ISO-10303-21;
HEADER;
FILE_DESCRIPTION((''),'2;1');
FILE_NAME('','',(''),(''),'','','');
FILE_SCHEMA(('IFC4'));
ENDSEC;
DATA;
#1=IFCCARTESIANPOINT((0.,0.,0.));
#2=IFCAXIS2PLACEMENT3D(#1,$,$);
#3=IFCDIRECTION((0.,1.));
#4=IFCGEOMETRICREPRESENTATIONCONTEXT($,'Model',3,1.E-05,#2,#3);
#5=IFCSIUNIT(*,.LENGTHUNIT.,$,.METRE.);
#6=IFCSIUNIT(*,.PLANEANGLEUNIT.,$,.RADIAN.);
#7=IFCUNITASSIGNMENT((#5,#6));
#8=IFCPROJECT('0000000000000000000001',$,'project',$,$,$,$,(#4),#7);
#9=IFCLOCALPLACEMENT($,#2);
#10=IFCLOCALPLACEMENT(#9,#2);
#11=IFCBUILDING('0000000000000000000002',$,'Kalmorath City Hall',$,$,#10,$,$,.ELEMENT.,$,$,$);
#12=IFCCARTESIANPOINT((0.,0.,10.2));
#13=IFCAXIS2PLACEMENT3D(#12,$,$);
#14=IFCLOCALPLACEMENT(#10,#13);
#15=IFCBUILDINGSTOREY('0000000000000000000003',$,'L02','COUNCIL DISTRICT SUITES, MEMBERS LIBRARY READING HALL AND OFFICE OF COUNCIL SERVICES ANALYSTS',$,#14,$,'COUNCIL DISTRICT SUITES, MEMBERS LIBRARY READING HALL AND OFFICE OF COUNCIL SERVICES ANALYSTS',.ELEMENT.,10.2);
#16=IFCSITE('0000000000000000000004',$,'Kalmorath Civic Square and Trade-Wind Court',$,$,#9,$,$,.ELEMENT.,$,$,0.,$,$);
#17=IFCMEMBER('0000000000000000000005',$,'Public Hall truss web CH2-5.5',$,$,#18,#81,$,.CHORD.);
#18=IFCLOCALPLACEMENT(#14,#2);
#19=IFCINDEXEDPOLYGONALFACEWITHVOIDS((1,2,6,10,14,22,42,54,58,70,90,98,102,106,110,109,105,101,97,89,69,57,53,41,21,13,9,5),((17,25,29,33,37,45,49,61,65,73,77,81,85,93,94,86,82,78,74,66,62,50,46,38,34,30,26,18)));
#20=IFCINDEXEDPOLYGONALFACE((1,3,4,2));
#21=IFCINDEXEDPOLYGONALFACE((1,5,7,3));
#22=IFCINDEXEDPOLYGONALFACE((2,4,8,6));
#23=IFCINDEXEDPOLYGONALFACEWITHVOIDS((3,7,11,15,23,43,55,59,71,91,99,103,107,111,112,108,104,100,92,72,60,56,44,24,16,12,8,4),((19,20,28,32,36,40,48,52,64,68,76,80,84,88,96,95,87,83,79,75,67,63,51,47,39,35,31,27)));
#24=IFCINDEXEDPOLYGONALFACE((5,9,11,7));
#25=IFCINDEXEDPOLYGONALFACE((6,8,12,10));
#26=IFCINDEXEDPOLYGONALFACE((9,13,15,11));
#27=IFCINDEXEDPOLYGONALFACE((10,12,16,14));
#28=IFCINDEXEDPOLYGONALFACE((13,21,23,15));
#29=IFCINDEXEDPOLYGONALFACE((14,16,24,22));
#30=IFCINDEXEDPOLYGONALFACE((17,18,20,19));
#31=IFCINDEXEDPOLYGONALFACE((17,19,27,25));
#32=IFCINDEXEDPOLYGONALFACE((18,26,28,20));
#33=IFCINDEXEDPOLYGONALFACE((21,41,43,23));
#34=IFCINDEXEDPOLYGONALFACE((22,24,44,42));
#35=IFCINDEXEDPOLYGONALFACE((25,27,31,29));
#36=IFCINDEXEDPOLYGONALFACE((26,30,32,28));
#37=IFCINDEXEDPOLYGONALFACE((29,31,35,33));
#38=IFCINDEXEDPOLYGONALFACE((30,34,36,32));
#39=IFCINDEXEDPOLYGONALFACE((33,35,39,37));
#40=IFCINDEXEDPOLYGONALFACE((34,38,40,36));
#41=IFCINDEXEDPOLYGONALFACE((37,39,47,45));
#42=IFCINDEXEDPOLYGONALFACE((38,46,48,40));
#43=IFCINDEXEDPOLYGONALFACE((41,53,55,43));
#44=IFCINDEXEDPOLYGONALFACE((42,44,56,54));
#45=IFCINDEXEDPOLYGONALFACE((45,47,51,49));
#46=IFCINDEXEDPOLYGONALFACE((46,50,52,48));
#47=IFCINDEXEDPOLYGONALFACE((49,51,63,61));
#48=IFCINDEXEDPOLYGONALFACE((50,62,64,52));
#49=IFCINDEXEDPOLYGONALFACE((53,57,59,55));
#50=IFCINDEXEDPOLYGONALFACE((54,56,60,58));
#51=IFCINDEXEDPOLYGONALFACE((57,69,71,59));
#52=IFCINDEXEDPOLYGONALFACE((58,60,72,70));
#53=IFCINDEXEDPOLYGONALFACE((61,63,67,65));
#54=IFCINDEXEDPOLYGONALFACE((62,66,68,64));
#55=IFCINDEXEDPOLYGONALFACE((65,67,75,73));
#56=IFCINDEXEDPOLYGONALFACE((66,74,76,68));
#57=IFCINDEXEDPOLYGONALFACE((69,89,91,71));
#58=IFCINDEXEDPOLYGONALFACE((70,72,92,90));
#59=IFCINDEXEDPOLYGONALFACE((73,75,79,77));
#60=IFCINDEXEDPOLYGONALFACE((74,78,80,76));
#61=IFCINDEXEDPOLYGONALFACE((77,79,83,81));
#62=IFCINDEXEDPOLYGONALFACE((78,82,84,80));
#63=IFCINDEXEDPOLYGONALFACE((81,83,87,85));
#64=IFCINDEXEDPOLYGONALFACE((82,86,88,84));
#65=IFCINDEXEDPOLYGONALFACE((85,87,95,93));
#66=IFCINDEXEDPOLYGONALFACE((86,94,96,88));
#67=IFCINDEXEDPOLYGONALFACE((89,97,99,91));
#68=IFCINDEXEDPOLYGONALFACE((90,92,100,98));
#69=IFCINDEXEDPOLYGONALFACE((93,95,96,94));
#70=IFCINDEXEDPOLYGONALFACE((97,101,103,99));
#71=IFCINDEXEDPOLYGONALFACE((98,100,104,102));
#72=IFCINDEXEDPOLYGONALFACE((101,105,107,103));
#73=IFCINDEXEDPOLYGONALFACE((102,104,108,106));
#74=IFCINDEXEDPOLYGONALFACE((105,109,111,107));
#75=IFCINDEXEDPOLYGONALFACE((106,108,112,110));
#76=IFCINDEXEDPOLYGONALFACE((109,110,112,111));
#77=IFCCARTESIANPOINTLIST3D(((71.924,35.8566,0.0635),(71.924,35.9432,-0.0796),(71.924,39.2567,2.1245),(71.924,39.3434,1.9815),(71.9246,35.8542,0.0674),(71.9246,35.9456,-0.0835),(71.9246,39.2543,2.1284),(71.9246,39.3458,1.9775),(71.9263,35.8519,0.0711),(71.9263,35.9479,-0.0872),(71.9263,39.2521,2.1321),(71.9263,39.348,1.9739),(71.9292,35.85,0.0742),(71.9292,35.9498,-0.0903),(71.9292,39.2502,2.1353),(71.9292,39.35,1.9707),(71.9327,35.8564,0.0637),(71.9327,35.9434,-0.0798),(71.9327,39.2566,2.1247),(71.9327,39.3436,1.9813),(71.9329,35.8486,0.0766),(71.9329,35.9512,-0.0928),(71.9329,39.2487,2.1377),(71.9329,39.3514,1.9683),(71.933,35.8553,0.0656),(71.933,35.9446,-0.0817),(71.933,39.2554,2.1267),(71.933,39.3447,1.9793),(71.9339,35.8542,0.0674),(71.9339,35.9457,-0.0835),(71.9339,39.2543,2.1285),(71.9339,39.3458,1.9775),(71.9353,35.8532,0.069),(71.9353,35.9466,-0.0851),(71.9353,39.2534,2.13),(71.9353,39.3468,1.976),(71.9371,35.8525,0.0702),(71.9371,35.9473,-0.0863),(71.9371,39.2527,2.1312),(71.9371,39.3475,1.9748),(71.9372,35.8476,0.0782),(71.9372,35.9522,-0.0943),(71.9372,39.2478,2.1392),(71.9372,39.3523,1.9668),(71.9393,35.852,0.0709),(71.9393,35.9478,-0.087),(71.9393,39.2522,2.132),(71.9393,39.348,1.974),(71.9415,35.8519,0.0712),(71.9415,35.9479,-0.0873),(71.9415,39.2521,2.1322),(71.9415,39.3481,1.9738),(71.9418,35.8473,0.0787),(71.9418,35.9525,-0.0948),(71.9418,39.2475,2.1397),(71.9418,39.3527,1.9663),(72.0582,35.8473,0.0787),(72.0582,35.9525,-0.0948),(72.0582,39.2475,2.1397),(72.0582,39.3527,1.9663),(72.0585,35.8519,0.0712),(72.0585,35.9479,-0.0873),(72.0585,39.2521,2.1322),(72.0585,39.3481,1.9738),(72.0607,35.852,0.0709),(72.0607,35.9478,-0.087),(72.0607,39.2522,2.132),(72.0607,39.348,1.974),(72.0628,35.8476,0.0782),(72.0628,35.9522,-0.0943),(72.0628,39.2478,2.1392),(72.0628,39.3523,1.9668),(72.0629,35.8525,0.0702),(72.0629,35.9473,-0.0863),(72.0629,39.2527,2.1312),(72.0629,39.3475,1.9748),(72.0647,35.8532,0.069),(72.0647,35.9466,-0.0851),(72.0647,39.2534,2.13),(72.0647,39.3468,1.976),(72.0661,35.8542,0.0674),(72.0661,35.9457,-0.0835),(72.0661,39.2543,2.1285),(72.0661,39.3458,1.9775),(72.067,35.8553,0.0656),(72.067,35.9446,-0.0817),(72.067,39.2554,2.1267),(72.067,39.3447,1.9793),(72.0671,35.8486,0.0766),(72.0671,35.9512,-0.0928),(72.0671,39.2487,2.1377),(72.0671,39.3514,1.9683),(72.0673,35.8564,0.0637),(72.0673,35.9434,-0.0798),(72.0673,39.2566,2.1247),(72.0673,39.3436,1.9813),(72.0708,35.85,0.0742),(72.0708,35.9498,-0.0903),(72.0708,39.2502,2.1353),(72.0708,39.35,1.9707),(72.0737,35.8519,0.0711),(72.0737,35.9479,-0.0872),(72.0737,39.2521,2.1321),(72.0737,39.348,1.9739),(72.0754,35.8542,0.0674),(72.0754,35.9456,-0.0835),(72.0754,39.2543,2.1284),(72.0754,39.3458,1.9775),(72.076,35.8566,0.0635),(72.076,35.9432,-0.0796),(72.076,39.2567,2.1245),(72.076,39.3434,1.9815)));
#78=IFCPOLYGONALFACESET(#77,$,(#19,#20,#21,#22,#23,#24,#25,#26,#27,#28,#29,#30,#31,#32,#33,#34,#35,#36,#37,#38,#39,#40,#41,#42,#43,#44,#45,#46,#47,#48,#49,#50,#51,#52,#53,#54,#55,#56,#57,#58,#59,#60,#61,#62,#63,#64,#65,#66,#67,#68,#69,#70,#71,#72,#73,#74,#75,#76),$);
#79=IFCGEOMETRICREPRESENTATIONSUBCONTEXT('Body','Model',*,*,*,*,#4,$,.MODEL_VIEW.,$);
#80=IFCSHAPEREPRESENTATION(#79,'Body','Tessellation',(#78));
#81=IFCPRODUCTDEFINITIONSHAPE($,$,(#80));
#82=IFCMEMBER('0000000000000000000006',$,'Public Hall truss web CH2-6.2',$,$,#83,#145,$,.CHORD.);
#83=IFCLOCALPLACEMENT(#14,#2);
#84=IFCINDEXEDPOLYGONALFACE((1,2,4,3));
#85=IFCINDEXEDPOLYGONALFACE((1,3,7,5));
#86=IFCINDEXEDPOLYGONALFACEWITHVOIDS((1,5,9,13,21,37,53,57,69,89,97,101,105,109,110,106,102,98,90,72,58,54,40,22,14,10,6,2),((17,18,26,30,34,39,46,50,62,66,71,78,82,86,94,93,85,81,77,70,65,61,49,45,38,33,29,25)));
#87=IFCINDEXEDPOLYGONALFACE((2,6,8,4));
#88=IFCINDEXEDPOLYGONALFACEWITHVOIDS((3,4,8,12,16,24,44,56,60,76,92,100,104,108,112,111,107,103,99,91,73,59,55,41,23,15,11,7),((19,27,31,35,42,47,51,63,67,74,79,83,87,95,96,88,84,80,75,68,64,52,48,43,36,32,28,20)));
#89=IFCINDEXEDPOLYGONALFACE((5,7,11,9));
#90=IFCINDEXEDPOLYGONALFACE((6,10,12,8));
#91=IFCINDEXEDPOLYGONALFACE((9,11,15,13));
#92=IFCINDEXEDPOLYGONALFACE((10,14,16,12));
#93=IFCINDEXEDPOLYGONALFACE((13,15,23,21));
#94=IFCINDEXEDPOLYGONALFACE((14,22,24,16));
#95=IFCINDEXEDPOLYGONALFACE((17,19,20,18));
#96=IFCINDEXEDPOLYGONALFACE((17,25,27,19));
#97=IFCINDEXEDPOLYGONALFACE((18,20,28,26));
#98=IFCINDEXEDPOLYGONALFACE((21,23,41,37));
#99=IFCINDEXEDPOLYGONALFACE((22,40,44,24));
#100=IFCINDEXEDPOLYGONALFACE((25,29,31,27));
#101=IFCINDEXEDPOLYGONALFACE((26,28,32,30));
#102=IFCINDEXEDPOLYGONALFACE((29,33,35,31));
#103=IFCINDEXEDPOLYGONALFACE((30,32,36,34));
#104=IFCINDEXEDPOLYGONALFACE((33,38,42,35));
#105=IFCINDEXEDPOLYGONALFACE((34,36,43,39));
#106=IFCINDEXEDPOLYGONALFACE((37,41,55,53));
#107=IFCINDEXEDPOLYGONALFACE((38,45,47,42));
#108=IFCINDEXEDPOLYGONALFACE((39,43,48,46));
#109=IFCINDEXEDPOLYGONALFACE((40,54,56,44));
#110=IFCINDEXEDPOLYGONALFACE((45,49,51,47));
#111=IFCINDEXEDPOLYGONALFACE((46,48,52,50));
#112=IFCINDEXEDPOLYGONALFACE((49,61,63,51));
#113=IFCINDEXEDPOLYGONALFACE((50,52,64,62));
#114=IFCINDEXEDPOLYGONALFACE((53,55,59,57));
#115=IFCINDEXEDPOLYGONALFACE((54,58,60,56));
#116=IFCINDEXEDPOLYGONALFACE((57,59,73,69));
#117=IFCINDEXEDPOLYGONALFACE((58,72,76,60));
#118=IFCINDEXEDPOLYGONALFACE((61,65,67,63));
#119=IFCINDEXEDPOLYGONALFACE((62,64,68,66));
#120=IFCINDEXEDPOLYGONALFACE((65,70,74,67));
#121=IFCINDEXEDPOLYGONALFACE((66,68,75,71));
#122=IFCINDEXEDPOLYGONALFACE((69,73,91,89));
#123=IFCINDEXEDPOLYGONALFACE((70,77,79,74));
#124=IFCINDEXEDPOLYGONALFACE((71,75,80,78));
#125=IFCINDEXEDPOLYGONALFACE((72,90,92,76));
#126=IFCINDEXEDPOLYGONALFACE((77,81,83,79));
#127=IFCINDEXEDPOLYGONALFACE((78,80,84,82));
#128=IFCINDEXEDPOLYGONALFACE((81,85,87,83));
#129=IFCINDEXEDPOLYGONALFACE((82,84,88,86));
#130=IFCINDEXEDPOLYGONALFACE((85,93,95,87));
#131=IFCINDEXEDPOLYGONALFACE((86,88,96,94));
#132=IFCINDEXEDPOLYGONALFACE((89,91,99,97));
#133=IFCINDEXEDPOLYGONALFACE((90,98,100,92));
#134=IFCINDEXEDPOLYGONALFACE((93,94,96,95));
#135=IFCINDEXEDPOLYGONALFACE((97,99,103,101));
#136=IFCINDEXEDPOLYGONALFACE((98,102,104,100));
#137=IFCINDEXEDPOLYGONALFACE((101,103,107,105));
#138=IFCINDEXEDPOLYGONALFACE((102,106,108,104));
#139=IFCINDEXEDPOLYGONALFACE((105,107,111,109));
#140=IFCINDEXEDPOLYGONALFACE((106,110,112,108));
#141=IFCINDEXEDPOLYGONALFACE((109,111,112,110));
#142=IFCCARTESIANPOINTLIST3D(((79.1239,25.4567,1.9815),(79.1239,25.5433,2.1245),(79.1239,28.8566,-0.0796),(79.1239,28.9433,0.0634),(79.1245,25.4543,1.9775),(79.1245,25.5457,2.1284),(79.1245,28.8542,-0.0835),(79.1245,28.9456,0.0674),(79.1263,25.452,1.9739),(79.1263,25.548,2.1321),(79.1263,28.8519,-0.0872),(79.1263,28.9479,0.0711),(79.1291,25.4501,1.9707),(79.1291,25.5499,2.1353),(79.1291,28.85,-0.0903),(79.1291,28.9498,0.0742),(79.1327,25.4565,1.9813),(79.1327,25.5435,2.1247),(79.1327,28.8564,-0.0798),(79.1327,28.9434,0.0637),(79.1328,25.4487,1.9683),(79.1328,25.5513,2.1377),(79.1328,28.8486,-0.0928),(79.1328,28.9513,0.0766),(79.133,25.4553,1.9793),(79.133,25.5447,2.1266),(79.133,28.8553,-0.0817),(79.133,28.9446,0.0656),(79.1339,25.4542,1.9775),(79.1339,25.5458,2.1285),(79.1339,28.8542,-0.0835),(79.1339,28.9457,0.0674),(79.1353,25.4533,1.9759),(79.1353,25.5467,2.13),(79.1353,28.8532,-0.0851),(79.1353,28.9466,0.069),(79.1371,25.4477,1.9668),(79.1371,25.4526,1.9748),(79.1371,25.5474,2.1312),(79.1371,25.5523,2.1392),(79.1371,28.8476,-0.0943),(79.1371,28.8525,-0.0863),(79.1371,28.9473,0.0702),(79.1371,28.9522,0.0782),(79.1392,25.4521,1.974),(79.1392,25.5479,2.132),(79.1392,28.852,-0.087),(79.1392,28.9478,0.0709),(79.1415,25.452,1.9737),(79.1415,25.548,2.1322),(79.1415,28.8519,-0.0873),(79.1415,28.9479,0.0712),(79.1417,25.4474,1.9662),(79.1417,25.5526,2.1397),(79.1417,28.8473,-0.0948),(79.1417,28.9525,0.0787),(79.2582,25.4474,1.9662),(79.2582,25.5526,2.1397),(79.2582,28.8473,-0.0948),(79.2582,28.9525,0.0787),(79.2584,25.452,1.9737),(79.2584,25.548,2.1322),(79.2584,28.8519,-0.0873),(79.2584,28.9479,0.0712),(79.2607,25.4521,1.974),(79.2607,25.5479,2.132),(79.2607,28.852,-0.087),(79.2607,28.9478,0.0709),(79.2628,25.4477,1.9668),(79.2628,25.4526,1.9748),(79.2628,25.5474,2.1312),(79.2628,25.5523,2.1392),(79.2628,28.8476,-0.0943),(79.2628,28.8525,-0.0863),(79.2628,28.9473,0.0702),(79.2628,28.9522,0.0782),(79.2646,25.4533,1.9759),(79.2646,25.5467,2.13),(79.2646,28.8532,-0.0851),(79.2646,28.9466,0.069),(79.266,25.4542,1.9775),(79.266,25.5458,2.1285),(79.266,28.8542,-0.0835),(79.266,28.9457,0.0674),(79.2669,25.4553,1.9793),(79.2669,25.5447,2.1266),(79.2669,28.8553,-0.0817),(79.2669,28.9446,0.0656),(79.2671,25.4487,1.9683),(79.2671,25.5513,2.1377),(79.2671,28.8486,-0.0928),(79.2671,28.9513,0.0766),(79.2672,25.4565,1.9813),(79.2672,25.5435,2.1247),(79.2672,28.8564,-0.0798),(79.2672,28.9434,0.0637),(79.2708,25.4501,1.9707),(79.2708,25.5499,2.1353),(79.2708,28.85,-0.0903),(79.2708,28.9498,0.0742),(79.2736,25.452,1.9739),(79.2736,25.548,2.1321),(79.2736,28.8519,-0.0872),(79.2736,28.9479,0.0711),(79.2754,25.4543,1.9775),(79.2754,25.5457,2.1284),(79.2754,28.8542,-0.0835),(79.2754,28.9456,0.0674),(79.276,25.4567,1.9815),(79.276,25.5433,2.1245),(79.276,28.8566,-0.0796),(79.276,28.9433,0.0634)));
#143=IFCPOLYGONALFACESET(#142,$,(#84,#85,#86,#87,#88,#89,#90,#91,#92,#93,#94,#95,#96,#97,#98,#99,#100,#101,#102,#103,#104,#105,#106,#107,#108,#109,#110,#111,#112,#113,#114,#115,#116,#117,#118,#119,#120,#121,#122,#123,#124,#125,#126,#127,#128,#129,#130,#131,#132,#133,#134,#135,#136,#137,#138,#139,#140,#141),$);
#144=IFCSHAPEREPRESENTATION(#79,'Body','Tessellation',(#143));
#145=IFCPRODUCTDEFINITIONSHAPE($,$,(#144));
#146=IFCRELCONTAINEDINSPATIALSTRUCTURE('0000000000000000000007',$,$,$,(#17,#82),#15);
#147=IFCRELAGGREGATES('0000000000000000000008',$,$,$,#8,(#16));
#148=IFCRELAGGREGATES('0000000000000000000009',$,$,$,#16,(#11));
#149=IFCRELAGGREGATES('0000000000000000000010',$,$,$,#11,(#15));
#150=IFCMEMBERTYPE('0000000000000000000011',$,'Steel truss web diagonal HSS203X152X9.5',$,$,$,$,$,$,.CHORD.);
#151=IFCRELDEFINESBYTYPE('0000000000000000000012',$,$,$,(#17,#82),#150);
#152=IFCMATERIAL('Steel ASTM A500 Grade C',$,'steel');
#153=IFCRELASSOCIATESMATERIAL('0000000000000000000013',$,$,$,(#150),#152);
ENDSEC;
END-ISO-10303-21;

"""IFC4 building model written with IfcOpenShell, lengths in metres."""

from ifc_helpers import new_model, si_unit, direction, frame, origin, origin_2d, place, context, subcontext, project, spatial, hollow_rectangle, extrude, material, material_profile, profile_set, type_object, element, save


model = new_model("IFC4")

# Units and contexts
model_context = context("Model", 3, precision=1e-05, world=origin(), true_north=direction((0.0, 1.0)))
body_context = subcontext(model_context, "Body", "Model", "MODEL_VIEW")
ifc_project = project(units=[si_unit("LENGTHUNIT", "METRE"), si_unit("PLANEANGLEUNIT", "RADIAN")], contexts=[model_context])

# Site, building, storey
site_placement = place(None, origin())
site = spatial("IfcSite", under=ifc_project, at=site_placement, Name="Kalmorath Civic Square and Trade-Wind Court", CompositionType="ELEMENT", RefElevation=0.0)
building_placement = place(site_placement, origin())
building = spatial("IfcBuilding", under=site, at=building_placement, Name="Kalmorath City Hall", CompositionType="ELEMENT")
storey_placement = place(building_placement, frame((0.0, 0.0, 10.2)))
storey = spatial("IfcBuildingStorey", under=building, at=storey_placement, Name="L02", Description="COUNCIL DISTRICT SUITES, MEMBERS LIBRARY READING HALL AND OFFICE OF COUNCIL SERVICES ANALYSTS", LongName="COUNCIL DISTRICT SUITES, MEMBERS LIBRARY READING HALL AND OFFICE OF COUNCIL SERVICES ANALYSTS", CompositionType="ELEMENT", Elevation=10.2)

# Members
ifc_material_1 = material(Name="Steel ASTM A500 Grade C", Category="steel")
ifc_material_profile_1 = material_profile(ifc_material_1, hollow_rectangle(XDim=0.1521, YDim=0.2029, WallThickness=0.0088, InnerFilletRadius=0.0088, OuterFilletRadius=0.0178, at=origin_2d()), Name="HSS203X152X9.5")
ifc_profile_set_1 = profile_set([ifc_material_profile_1], Name="Steel ASTM A500 Grade C")
member_type_1 = type_object("IfcMemberType", Name="Steel truss web diagonal HSS203X152X9.5", PredefinedType="CHORD", material=ifc_profile_set_1)
member_1_placement = place(storey_placement, frame((72.0, 35.8999, -0.0081), z_axis=(0.0, 0.85516, 0.518364), x_axis=(-1.0, 0.0, 0.0)))
element("IfcMember", 1, at=member_1_placement, inside=storey, type_object=member_type_1, Name="Public Hall truss web CH2-5.5", PredefinedType="CHORD", context=body_context, shape_type="SweptSolid", body=[
    extrude(hollow_rectangle(XDim=0.1521, YDim=0.2029, WallThickness=0.0088, InnerFilletRadius=0.0088, OuterFilletRadius=0.0178, at=origin_2d()), origin(), (0.0, 0.0, 1.0), 3.9761),
])
member_2_placement = place(storey_placement, frame((79.2, 25.5, 2.053), z_axis=(0.0, 0.855143, -0.518392), x_axis=(-1.0, 0.0, 0.0)))
element("IfcMember", 2, at=member_2_placement, inside=storey, type_object=member_type_1, Name="Public Hall truss web CH2-6.2", PredefinedType="CHORD", context=body_context, shape_type="SweptSolid", body=[
    extrude(hollow_rectangle(XDim=0.1521, YDim=0.2029, WallThickness=0.0088, InnerFilletRadius=0.0088, OuterFilletRadius=0.0178, at=origin_2d()), origin(), (0.0, 0.0, 1.0), 3.9758),
])

save(model, "model.ifc")
